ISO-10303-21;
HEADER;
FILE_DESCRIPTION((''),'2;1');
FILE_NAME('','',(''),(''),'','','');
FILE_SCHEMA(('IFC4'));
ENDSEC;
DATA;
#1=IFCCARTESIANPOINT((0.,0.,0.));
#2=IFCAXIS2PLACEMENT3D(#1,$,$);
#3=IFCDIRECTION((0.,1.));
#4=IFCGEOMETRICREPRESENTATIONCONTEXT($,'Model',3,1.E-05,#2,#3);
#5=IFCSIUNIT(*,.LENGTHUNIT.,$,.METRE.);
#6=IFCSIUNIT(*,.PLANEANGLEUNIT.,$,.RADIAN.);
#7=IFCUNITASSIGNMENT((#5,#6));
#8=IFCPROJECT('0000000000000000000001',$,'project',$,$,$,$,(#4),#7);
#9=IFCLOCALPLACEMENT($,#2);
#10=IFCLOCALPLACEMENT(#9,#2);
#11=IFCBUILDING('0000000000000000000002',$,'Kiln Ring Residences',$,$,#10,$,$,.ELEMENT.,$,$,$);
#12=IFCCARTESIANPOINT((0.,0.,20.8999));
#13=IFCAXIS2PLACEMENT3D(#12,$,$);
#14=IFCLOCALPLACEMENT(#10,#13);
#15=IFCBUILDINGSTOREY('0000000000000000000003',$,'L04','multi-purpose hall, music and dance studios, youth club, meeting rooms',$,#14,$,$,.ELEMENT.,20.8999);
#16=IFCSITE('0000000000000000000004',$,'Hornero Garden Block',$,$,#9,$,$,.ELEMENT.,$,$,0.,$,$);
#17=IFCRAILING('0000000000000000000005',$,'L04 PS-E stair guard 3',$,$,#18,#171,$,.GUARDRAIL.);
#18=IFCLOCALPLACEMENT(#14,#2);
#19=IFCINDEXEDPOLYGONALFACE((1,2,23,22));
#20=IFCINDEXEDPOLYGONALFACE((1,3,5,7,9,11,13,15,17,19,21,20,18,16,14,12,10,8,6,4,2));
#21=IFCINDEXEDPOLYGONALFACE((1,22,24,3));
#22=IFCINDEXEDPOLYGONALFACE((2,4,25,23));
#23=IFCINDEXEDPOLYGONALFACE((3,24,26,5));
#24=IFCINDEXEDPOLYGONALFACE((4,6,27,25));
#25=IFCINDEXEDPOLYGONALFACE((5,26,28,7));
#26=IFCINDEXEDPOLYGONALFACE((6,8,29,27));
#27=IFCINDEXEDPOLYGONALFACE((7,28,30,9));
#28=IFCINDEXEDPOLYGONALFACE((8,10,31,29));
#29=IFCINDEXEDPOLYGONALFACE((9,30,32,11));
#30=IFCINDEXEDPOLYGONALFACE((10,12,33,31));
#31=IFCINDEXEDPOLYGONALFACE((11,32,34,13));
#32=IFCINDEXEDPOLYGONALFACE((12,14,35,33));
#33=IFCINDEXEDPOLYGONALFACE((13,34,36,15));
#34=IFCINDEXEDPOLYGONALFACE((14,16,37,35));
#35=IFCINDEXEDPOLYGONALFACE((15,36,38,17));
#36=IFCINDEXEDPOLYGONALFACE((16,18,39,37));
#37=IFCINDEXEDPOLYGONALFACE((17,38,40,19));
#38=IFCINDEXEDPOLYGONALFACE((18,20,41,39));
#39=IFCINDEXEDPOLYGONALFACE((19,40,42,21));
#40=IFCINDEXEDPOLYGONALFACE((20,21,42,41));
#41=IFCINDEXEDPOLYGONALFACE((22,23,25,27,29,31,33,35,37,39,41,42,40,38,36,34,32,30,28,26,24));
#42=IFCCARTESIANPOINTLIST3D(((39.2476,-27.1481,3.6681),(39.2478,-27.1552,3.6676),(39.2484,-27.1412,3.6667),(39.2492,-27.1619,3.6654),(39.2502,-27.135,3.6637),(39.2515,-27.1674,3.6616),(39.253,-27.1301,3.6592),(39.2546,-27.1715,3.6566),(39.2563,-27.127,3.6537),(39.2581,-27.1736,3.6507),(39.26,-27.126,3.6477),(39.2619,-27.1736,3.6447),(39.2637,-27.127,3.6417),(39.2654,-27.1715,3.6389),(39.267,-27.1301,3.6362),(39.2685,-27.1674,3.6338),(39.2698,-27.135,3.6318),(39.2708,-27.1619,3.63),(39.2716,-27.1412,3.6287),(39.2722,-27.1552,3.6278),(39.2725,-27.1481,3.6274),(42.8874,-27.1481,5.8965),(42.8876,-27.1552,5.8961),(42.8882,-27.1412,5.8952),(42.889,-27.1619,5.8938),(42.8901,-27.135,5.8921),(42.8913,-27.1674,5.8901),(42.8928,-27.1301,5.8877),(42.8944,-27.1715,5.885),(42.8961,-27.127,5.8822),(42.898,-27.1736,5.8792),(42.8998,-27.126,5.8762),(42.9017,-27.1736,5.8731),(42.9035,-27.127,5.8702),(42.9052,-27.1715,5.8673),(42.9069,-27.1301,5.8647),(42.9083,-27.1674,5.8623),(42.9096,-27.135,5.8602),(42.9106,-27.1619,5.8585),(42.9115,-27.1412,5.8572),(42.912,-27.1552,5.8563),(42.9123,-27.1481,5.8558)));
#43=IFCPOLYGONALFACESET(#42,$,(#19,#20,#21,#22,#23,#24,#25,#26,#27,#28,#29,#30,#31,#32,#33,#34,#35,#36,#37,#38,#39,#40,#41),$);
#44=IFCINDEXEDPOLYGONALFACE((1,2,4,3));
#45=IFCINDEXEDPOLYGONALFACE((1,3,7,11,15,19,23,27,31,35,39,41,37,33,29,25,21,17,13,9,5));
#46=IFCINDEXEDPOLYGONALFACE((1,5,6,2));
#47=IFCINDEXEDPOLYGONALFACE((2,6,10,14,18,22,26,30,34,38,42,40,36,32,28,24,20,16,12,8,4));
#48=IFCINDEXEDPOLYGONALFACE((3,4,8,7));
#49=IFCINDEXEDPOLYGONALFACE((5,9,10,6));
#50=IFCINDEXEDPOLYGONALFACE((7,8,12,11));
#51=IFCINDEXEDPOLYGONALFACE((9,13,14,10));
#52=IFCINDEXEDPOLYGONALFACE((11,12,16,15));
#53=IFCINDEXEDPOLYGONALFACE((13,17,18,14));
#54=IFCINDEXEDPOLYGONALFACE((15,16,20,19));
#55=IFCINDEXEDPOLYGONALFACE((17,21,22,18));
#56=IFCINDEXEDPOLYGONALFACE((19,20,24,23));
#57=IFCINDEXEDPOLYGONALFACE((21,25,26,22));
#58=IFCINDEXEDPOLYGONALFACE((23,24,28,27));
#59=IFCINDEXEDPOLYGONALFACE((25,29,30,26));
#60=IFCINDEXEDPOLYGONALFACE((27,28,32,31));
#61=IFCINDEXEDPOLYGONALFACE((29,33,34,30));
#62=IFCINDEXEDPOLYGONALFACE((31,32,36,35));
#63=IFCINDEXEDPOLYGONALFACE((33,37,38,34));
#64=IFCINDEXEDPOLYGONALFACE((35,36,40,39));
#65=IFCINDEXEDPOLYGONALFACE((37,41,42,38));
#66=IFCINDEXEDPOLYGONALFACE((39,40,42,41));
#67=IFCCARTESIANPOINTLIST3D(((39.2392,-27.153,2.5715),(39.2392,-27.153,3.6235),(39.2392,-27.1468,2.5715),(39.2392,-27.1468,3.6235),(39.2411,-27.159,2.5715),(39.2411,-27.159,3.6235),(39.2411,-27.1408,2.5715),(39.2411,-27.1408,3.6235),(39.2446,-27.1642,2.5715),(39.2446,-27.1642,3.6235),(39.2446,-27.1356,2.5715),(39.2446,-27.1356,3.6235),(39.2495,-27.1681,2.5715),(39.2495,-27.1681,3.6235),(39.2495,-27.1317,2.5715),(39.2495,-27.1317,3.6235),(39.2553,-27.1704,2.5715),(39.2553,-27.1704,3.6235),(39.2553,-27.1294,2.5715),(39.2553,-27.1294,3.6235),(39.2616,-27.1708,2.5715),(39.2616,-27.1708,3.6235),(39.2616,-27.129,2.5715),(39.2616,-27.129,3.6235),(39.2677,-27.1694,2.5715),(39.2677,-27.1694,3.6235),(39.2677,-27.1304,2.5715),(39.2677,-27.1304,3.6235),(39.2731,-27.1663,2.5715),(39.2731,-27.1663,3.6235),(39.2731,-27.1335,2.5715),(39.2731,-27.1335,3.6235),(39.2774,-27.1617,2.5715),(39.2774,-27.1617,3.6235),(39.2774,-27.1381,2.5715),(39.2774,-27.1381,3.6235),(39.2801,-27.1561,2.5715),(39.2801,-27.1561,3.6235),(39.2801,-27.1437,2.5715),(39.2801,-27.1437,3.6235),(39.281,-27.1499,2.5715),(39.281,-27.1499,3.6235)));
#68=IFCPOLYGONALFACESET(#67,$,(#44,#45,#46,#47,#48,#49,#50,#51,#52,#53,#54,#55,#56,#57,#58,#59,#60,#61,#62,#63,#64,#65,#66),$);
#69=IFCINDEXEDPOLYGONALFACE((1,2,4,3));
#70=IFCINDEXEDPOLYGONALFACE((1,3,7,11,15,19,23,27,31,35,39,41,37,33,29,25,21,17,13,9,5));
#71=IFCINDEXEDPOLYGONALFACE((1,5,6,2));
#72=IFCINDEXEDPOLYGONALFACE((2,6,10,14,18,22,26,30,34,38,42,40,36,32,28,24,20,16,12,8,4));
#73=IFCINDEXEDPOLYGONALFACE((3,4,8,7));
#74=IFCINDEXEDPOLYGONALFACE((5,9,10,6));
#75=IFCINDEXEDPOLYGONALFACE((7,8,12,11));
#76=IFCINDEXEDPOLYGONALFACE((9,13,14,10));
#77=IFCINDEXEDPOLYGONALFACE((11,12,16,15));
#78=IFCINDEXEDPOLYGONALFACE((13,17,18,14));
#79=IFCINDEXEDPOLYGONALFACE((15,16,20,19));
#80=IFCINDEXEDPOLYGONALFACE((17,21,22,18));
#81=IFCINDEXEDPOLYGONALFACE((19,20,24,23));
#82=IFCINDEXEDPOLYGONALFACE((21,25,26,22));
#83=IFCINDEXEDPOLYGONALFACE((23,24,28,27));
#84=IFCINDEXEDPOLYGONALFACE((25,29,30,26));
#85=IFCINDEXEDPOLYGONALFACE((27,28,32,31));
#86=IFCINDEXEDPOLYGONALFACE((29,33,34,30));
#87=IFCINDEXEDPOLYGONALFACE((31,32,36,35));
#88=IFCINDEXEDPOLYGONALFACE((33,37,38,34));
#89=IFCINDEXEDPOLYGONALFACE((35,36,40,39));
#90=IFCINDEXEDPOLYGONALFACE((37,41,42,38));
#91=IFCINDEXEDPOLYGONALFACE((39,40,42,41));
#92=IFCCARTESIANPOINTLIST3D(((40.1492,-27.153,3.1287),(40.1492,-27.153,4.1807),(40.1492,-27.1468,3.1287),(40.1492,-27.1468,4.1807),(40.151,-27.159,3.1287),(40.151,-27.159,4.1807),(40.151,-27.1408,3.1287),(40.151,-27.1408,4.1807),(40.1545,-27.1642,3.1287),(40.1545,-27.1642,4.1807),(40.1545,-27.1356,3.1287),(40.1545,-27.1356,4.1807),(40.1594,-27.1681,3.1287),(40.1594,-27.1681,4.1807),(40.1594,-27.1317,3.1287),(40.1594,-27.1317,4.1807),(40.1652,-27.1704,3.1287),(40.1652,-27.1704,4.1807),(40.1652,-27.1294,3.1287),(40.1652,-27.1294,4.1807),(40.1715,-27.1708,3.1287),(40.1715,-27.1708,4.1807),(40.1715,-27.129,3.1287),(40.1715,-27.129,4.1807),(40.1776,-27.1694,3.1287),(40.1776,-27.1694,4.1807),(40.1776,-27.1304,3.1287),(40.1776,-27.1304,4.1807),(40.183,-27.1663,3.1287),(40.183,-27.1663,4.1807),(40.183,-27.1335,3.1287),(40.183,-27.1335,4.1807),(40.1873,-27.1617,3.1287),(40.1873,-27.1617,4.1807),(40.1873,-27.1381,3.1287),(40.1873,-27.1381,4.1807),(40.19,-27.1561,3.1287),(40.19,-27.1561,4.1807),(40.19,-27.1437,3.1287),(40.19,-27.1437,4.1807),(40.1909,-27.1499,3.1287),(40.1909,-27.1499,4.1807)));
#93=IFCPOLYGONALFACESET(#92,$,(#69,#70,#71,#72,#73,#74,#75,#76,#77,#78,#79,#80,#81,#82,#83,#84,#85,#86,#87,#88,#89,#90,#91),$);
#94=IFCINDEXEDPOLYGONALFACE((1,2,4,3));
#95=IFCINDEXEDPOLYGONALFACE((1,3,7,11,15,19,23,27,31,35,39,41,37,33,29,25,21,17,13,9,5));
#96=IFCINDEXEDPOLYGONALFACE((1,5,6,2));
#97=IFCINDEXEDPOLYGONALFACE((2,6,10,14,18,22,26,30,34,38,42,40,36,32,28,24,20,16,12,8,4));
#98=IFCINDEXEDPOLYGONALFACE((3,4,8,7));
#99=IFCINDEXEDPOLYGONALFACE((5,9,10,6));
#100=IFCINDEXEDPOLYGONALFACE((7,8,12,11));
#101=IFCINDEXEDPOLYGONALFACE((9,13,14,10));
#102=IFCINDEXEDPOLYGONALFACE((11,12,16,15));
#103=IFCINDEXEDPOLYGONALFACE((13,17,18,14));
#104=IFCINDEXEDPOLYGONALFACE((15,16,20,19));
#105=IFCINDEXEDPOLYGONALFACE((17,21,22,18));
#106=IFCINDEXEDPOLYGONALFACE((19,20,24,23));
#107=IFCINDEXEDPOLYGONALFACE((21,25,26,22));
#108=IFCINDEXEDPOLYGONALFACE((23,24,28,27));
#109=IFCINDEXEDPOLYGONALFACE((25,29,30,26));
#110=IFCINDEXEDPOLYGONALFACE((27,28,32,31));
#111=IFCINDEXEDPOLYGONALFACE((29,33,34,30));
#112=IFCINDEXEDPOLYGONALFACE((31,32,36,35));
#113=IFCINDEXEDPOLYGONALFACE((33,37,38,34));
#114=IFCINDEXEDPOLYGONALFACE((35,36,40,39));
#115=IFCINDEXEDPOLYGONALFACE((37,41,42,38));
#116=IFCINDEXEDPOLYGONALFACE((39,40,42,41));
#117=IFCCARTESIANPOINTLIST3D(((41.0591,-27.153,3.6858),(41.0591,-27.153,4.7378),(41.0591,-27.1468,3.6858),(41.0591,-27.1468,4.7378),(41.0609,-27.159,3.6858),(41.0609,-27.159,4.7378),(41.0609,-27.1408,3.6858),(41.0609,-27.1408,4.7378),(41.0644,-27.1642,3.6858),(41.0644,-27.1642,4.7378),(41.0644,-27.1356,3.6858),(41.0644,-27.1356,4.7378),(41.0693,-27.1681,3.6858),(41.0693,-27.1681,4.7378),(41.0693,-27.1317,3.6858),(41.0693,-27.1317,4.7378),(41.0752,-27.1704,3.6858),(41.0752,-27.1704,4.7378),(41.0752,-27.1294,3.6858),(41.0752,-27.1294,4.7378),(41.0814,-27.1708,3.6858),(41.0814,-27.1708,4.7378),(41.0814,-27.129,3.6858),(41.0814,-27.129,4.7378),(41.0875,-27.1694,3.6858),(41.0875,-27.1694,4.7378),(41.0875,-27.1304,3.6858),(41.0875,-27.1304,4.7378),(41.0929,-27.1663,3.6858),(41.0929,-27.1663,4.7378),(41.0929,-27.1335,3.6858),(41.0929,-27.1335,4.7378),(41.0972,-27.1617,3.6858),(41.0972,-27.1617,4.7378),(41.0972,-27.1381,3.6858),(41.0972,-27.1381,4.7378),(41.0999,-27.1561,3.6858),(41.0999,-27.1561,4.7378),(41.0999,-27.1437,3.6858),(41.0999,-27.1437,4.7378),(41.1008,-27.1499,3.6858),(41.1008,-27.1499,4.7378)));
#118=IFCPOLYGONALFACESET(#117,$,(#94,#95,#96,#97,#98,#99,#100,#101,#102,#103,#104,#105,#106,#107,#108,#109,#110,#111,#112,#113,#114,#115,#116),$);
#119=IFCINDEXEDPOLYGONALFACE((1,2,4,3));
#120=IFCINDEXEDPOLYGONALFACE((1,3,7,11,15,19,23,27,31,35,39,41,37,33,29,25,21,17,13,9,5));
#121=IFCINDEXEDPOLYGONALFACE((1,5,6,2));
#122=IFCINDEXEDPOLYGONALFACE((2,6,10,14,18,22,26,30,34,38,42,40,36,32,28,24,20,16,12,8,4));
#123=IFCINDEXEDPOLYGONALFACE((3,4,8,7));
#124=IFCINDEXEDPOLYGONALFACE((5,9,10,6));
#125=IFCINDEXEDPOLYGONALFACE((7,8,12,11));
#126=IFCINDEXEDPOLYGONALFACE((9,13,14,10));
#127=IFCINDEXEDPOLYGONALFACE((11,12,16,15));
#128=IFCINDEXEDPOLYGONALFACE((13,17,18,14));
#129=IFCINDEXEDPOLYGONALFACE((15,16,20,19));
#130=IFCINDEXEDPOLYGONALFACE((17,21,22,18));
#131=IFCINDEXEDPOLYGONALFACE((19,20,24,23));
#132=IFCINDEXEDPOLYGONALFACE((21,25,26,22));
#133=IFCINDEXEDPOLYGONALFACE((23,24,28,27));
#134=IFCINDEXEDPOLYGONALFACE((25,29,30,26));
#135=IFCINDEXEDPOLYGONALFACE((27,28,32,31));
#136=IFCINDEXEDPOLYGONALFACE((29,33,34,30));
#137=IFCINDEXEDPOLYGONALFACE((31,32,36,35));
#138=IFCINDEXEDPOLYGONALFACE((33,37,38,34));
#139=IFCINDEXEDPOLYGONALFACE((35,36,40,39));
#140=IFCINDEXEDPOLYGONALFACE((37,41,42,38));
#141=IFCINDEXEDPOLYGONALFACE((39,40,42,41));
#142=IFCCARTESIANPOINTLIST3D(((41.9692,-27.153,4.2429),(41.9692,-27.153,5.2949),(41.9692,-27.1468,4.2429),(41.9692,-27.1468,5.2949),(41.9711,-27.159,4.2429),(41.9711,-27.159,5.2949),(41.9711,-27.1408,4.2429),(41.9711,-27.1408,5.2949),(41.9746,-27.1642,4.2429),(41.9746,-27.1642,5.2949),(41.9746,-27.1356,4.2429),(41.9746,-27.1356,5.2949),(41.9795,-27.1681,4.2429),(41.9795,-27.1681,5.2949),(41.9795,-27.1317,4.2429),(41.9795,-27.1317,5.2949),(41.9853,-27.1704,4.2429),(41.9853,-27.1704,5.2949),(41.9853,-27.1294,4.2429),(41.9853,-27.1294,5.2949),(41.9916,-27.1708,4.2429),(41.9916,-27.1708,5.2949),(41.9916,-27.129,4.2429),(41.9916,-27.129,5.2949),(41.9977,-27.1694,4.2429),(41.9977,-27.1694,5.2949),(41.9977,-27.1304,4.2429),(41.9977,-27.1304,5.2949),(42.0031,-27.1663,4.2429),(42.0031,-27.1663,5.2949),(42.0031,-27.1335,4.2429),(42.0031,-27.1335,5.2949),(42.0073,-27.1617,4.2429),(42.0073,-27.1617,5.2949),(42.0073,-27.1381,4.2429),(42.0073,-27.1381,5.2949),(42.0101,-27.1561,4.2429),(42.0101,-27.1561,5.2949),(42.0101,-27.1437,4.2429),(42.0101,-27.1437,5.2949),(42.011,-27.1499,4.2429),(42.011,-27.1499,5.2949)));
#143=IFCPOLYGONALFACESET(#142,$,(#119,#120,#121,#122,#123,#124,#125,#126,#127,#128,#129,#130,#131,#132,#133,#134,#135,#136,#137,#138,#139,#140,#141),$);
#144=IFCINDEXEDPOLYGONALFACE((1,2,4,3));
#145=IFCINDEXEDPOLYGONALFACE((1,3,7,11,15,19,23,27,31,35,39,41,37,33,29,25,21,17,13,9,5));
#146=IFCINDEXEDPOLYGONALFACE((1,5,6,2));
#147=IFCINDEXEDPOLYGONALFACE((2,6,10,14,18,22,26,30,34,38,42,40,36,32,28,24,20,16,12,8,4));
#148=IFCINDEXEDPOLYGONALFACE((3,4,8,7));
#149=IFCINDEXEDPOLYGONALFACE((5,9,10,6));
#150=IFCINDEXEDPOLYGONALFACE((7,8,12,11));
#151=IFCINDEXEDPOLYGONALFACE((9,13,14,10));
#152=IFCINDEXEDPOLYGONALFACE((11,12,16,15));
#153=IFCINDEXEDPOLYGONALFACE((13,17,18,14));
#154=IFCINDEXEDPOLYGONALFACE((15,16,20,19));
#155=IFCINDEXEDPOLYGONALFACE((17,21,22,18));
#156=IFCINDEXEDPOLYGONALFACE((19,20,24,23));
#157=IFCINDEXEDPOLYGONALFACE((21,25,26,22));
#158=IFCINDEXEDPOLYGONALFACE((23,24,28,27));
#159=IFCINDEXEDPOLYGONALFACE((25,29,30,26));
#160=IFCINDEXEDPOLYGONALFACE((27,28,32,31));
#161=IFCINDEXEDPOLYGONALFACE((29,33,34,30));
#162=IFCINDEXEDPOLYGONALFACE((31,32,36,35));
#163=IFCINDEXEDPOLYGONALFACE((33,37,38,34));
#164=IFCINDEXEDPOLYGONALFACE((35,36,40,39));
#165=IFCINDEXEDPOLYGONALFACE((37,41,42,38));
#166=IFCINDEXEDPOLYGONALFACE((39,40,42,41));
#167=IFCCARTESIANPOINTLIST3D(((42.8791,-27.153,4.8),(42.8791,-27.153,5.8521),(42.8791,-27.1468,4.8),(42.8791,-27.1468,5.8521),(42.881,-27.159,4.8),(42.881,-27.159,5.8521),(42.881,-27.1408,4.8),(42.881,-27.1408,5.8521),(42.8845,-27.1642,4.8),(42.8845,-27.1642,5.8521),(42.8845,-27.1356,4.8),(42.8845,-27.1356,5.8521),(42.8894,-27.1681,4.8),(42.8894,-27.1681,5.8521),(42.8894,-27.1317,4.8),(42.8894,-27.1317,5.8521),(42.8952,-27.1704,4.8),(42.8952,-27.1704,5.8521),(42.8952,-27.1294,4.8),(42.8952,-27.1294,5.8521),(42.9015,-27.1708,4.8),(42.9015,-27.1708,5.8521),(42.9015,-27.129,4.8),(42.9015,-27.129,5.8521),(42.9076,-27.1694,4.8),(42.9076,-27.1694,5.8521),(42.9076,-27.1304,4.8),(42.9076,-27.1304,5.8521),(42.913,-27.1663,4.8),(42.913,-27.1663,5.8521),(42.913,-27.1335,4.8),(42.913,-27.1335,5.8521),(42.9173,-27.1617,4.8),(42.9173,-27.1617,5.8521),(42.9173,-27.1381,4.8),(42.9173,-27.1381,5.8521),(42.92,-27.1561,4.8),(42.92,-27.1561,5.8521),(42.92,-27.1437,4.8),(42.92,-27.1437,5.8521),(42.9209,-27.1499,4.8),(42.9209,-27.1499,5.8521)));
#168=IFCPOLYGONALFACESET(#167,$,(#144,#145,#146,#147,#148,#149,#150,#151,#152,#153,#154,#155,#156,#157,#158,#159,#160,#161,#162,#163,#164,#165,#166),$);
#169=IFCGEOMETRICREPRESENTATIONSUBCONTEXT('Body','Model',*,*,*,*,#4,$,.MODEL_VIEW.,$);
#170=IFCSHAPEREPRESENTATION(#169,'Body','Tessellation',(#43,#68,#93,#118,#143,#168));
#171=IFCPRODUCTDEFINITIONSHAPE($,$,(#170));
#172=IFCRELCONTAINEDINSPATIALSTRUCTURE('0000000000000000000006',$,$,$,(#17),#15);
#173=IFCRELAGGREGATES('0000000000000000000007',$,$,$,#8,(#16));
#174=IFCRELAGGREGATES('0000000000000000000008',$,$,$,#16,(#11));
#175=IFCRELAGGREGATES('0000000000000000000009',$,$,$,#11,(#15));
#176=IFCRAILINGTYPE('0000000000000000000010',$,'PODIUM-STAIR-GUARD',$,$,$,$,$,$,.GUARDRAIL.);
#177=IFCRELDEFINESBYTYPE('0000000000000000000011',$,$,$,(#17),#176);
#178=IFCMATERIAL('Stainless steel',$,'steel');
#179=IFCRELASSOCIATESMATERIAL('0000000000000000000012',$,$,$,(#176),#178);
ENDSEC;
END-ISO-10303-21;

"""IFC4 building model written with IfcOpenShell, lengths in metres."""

from ifc_helpers import new_model, si_unit, direction, frame, origin, origin_2d, place, context, subcontext, project, spatial, circle, extrude, material, type_object, element, save


model = new_model("IFC4")

# Units and contexts
model_context = context("Model", 3, precision=1e-05, world=origin(), true_north=direction((0.0, 1.0)))
body_context = subcontext(model_context, "Body", "Model", "MODEL_VIEW")
ifc_project = project(units=[si_unit("LENGTHUNIT", "METRE"), si_unit("PLANEANGLEUNIT", "RADIAN")], contexts=[model_context])

# Site, building, storey
site_placement = place(None, origin())
site = spatial("IfcSite", under=ifc_project, at=site_placement, Name="Hornero Garden Block", CompositionType="ELEMENT", RefElevation=0.0)
building_placement = place(site_placement, origin())
building = spatial("IfcBuilding", under=site, at=building_placement, Name="Kiln Ring Residences", CompositionType="ELEMENT")
storey_placement = place(building_placement, frame((0.0, 0.0, 20.8999)))
storey = spatial("IfcBuildingStorey", under=building, at=storey_placement, Name="L04", Description="multi-purpose hall, music and dance studios, youth club, meeting rooms", CompositionType="ELEMENT", Elevation=20.8999)

# Railing
ifc_material_1 = material(Name="Stainless steel", Category="steel")
railing_type_1 = type_object("IfcRailingType", Name="PODIUM-STAIR-GUARD", PredefinedType="GUARDRAIL", material=ifc_material_1)
railing_1_placement = place(storey_placement, frame((39.26, -27.1499, 2.5715)))
element("IfcRailing", 1, at=railing_1_placement, inside=storey, type_object=railing_type_1, Name="L04 PS-E stair guard 3", PredefinedType="GUARDRAIL", context=body_context, shape_type="SweptSolid", body=[
    extrude(circle(Radius=0.0239, at=origin_2d()), frame((0.0, 0.0, 1.0762), z_axis=(0.85285, 0.0, 0.522156), x_axis=(0.0, 1.0, 0.0)), (0.0, 0.0, 1.0), 4.2678),
    extrude(circle(Radius=0.021, at=origin_2d()), origin(), (0.0, 0.0, 1.0), 1.052),
    extrude(circle(Radius=0.021, at=origin_2d()), frame((0.9099, 0.0, 0.5571)), (0.0, 0.0, 1.0), 1.052),
    extrude(circle(Radius=0.021, at=origin_2d()), frame((1.8198, 0.0, 1.1143)), (0.0, 0.0, 1.0), 1.052),
    extrude(circle(Radius=0.021, at=origin_2d()), frame((2.73, 0.0, 1.6714)), (0.0, 0.0, 1.0), 1.052),
    extrude(circle(Radius=0.021, at=origin_2d()), frame((3.6399, 0.0, 2.2285)), (0.0, 0.0, 1.0), 1.052),
])

save(model, "model.ifc")
